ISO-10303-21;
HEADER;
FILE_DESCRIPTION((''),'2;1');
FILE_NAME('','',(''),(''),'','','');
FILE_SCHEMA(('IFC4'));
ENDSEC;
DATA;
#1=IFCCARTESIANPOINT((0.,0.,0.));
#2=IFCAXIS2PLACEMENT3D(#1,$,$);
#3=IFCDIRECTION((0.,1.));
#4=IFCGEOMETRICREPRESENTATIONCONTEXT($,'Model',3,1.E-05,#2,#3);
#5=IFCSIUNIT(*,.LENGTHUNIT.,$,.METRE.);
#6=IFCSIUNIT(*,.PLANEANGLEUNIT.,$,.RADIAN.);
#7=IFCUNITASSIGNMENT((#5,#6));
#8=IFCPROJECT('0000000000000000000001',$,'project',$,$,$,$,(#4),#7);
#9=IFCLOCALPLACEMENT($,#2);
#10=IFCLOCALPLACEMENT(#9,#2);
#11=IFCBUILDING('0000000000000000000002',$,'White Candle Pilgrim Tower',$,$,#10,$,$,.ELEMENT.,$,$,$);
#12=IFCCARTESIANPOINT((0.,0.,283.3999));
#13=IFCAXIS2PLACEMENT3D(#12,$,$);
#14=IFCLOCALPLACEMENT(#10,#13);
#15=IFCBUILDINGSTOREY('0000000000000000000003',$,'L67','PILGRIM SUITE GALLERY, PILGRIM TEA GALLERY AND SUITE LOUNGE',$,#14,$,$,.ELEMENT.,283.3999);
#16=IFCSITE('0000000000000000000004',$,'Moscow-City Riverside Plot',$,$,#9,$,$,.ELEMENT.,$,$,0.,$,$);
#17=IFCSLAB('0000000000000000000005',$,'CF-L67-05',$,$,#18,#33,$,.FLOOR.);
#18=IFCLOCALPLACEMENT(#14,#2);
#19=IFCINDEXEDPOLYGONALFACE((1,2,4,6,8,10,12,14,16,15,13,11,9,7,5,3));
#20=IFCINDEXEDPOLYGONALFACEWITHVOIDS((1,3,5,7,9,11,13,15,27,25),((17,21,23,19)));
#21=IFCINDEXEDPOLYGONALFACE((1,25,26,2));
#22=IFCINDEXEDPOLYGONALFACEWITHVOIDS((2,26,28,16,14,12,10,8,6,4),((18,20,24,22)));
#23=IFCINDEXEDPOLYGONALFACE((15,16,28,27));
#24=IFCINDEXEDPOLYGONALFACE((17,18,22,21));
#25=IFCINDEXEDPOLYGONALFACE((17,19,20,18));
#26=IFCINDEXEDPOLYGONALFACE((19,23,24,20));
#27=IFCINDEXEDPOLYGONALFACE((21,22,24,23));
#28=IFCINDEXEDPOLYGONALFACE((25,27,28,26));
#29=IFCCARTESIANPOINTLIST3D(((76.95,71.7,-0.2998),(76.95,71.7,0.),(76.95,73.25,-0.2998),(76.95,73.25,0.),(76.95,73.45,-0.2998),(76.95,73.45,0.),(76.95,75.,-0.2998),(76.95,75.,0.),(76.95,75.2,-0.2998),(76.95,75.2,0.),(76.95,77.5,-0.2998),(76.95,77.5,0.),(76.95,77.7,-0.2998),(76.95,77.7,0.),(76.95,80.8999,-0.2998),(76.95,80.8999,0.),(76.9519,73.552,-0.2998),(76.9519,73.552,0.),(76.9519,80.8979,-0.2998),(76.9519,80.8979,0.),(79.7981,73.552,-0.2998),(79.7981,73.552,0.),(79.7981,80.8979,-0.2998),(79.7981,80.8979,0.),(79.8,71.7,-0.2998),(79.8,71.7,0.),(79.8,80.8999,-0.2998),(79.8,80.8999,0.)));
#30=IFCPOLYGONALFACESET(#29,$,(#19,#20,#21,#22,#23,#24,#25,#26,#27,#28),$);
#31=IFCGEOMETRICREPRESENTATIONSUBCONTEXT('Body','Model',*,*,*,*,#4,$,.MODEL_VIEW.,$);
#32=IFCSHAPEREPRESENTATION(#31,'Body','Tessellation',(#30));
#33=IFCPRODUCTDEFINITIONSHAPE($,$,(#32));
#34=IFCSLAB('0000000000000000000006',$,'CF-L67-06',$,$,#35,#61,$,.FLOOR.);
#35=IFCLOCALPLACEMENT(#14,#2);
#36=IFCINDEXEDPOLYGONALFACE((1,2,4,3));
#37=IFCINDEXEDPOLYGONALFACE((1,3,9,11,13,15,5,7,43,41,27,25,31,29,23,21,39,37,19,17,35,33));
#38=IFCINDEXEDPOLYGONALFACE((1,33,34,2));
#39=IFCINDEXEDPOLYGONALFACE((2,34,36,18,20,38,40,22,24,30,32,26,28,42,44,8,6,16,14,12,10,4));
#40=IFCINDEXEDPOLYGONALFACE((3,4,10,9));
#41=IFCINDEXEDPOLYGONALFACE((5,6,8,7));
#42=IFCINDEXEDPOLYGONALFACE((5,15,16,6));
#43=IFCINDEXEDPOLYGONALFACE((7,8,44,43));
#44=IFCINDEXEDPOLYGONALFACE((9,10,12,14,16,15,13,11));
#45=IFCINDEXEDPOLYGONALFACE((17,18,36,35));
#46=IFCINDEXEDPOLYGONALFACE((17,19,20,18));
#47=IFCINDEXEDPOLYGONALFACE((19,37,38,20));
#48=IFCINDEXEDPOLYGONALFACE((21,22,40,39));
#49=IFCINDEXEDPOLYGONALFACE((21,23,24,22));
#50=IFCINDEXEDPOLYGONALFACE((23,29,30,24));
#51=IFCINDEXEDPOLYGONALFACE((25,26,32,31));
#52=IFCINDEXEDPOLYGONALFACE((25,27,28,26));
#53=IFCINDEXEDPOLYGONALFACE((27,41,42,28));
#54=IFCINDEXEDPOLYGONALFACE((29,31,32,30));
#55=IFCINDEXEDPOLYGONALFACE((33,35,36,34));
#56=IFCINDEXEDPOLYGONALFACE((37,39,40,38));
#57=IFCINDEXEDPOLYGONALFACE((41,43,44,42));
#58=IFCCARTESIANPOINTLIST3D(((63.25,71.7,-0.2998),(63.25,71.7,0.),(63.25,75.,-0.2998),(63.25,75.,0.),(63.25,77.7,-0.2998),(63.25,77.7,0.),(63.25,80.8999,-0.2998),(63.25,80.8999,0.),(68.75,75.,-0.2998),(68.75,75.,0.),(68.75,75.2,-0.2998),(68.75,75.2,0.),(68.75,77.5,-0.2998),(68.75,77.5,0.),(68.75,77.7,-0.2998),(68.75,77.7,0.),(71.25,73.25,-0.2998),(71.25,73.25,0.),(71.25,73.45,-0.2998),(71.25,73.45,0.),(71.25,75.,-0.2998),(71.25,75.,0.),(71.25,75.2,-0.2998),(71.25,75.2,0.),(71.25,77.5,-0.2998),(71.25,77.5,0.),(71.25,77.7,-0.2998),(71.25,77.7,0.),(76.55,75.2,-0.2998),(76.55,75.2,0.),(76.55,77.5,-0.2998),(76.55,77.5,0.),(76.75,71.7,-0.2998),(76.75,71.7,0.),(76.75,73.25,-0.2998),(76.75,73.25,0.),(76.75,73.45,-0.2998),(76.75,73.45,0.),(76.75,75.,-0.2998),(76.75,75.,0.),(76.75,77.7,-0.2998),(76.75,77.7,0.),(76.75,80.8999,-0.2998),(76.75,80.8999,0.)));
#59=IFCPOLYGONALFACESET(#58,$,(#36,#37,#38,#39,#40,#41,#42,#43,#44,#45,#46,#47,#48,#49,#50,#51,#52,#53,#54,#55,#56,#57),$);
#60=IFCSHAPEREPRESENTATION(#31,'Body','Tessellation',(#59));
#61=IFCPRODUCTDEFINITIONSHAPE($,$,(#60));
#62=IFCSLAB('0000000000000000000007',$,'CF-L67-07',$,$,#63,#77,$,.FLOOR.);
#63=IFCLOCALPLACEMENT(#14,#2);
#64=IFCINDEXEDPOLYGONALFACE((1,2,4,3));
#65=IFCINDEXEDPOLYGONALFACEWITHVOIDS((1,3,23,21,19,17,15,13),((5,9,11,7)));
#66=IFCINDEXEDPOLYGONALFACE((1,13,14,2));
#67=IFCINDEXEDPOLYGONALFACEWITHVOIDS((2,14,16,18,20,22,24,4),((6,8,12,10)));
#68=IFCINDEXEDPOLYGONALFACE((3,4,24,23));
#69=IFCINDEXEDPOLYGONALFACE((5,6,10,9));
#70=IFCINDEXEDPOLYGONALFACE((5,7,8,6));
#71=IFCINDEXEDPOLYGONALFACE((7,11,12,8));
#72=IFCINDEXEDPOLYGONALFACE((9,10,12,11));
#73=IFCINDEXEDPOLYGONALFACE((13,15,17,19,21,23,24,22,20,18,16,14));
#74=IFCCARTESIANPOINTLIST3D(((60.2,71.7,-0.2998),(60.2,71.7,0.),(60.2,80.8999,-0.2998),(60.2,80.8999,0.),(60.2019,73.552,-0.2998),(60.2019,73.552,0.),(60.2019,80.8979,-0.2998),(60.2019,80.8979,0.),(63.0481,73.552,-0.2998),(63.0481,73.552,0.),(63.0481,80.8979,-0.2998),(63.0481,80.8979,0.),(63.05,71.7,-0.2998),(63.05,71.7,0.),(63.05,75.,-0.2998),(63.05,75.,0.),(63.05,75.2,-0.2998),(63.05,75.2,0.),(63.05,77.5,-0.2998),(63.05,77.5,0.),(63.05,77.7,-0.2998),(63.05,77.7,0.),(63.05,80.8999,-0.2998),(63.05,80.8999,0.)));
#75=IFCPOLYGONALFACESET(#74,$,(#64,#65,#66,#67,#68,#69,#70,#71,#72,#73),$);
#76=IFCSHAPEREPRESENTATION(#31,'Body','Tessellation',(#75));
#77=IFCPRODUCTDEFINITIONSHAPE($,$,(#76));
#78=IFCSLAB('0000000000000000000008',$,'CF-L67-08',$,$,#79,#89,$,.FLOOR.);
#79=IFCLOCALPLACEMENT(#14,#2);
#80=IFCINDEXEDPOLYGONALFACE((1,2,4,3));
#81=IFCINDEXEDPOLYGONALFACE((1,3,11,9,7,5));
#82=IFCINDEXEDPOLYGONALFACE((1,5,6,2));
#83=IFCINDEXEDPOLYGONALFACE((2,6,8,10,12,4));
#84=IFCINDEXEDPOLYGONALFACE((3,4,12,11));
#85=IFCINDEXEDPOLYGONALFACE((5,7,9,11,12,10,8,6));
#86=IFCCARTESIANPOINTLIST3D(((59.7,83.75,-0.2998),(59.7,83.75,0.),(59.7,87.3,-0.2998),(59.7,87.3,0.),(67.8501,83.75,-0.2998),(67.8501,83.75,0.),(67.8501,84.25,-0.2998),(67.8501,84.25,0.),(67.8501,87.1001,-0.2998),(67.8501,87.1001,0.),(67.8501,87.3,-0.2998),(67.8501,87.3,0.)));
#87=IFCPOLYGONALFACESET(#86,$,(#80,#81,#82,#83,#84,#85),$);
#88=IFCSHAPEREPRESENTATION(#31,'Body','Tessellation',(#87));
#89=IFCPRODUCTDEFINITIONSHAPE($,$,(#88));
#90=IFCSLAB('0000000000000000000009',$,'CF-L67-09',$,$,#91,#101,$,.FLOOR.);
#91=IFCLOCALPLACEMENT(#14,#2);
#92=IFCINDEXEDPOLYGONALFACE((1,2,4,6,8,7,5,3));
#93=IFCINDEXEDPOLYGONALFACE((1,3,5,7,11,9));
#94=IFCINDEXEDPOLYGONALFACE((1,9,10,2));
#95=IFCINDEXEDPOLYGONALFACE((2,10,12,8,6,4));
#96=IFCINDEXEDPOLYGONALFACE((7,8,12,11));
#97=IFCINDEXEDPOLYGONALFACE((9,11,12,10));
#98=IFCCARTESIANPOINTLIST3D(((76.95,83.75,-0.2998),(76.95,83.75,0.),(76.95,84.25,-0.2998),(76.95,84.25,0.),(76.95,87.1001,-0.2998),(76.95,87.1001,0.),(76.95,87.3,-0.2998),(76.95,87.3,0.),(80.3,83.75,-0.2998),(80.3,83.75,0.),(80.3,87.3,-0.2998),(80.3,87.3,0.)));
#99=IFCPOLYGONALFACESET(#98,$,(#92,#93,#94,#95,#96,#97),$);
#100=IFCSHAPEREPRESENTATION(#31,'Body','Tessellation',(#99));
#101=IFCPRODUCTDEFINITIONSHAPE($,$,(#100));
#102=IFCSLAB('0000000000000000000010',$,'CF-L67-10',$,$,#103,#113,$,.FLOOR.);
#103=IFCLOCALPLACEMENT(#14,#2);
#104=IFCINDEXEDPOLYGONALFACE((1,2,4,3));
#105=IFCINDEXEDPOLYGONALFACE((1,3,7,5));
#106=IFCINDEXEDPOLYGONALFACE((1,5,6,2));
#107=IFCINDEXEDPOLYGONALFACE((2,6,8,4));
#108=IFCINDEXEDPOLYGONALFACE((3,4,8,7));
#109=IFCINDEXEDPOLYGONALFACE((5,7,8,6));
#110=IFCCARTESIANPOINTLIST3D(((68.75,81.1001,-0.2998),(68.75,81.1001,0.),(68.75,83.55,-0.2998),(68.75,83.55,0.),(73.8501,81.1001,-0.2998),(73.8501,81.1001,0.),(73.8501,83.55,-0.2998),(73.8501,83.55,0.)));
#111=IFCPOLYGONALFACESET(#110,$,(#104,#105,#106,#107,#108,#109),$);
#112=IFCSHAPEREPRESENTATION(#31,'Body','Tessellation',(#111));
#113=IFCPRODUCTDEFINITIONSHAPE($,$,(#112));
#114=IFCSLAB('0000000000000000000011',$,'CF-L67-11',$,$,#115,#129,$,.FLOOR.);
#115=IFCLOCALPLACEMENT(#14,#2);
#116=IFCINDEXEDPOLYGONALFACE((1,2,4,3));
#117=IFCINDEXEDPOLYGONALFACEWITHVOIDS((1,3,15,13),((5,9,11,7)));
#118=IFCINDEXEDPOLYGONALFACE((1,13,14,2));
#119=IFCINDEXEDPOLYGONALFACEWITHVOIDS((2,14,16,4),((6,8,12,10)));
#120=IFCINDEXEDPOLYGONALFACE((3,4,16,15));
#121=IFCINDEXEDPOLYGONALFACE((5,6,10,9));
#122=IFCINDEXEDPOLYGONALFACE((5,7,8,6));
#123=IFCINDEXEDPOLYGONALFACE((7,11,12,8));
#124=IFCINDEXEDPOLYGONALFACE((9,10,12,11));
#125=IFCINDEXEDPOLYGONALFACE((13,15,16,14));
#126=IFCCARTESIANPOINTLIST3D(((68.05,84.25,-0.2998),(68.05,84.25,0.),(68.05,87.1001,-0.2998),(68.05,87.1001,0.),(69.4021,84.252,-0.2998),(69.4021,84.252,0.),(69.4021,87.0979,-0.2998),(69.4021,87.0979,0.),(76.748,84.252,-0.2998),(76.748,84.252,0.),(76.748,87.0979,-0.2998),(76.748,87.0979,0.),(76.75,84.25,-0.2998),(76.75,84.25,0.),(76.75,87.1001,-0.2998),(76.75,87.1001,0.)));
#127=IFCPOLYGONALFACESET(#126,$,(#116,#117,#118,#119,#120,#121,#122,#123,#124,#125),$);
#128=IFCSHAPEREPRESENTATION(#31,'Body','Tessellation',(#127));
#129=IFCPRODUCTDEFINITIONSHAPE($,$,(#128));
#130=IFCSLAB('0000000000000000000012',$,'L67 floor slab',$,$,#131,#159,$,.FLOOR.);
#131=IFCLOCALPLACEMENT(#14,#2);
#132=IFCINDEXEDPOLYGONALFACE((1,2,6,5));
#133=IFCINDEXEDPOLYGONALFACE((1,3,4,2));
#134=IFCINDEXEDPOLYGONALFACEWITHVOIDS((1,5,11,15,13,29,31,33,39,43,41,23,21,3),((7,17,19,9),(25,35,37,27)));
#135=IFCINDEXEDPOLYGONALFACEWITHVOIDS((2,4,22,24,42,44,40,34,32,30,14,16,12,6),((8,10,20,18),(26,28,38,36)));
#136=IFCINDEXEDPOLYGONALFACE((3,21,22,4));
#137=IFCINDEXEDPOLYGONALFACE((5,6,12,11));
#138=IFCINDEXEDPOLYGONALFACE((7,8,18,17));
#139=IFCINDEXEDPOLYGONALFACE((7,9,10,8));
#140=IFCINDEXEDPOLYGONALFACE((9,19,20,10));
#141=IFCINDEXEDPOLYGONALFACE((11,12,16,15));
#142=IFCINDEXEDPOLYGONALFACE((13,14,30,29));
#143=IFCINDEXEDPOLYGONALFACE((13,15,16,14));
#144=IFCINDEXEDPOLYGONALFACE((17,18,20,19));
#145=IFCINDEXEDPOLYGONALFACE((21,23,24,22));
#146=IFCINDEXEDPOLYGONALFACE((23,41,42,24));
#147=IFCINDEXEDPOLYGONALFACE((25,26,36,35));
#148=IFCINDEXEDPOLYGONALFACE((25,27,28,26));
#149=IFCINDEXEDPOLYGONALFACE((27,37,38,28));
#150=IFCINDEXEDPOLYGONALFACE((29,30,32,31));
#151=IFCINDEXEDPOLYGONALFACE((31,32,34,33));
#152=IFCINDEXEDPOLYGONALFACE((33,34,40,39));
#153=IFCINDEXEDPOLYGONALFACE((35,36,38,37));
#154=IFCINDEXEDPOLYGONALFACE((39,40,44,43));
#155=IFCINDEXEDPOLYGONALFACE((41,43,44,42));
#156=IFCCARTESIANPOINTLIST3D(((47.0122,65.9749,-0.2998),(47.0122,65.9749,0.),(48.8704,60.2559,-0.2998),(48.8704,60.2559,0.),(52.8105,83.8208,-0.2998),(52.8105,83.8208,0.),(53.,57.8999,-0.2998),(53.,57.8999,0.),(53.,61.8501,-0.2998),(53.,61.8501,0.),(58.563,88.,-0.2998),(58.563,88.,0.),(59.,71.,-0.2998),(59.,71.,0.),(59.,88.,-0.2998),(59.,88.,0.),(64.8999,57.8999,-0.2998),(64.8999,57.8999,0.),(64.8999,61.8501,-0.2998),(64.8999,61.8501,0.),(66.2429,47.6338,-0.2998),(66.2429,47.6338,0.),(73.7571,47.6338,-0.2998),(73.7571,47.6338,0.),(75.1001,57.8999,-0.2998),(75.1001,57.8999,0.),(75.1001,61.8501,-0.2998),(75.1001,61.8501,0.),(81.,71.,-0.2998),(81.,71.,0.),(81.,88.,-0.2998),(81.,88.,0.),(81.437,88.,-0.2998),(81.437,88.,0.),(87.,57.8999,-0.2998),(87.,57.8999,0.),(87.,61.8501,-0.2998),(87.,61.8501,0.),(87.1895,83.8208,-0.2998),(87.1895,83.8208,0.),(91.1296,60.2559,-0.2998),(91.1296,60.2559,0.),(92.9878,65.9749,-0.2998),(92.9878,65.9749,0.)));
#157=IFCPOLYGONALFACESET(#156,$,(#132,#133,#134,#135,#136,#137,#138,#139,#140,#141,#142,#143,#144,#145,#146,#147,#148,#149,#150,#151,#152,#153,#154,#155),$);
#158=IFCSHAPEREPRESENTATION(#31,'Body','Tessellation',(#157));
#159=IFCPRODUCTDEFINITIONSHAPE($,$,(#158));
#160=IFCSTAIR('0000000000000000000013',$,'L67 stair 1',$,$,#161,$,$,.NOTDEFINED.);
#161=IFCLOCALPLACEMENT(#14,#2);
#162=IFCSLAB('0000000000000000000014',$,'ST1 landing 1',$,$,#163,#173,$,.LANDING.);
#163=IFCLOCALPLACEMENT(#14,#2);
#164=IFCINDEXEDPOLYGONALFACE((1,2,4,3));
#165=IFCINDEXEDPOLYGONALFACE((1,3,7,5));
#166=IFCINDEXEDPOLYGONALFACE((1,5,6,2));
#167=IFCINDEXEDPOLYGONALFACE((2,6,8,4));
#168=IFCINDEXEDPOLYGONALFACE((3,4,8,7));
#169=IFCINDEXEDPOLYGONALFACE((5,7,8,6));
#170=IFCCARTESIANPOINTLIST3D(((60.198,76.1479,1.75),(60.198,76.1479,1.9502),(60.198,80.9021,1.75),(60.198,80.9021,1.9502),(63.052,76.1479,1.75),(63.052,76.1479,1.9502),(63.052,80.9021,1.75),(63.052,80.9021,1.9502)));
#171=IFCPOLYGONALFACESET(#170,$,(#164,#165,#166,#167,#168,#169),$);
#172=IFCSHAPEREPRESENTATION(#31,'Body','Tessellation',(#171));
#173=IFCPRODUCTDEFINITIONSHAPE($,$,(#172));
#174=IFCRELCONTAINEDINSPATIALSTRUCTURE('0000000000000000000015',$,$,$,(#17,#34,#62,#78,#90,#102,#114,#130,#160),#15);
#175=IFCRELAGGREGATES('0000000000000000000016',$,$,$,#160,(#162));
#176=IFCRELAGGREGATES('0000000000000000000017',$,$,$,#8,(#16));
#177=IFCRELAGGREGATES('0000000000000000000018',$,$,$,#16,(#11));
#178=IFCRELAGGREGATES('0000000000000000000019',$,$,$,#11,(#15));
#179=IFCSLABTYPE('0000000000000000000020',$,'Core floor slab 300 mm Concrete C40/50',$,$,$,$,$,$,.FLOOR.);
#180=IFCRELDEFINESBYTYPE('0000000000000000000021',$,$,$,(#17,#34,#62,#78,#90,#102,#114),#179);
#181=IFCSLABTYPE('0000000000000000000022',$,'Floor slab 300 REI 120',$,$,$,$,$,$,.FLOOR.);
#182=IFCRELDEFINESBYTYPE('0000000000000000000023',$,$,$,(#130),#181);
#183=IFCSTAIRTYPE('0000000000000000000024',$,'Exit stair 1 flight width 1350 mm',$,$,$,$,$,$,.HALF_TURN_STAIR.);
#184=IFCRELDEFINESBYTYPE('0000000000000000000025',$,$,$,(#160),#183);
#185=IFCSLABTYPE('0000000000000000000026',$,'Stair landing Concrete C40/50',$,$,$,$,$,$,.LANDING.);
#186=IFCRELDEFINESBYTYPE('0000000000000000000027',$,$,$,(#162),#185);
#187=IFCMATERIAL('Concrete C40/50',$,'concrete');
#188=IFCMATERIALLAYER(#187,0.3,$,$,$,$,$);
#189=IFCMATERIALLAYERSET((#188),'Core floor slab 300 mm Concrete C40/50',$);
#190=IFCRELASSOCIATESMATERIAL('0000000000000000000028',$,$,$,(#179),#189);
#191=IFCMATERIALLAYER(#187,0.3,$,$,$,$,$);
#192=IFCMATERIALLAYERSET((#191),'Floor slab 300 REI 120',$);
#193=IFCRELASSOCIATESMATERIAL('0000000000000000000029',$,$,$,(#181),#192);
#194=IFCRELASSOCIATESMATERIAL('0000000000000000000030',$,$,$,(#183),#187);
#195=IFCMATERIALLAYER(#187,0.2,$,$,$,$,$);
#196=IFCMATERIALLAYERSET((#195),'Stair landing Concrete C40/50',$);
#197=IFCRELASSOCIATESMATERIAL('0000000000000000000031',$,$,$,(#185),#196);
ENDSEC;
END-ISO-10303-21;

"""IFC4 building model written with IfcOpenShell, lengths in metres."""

from ifc_helpers import new_model, si_unit, direction, frame, origin, place, context, subcontext, project, spatial, polyline, outline, extrude, material, layer, layer_set, type_object, element, aggregate, save


model = new_model("IFC4")

# Units and contexts
model_context = context("Model", 3, precision=1e-05, world=origin(), true_north=direction((0.0, 1.0)))
body_context = subcontext(model_context, "Body", "Model", "MODEL_VIEW")
ifc_project = project(units=[si_unit("LENGTHUNIT", "METRE"), si_unit("PLANEANGLEUNIT", "RADIAN")], contexts=[model_context])

# Site, building, storey
site_placement = place(None, origin())
site = spatial("IfcSite", under=ifc_project, at=site_placement, Name="Moscow-City Riverside Plot", CompositionType="ELEMENT", RefElevation=0.0)
building_placement = place(site_placement, origin())
building = spatial("IfcBuilding", under=site, at=building_placement, Name="White Candle Pilgrim Tower", CompositionType="ELEMENT")
storey_placement = place(building_placement, frame((0.0, 0.0, 283.3999)))
storey = spatial("IfcBuildingStorey", under=building, at=storey_placement, Name="L67", Description="PILGRIM SUITE GALLERY, PILGRIM TEA GALLERY AND SUITE LOUNGE", CompositionType="ELEMENT", Elevation=283.3999)

# Slabs
ifc_material_1 = material(Name="Concrete C40/50", Category="concrete")
ifc_layer_1 = layer(ifc_material_1, 0.3)
ifc_layer_set_1 = layer_set([ifc_layer_1], Name="Core floor slab 300 mm Concrete C40/50")
slab_type_1 = type_object("IfcSlabType", Name="Core floor slab 300 mm Concrete C40/50", PredefinedType="FLOOR", material=ifc_layer_set_1)
slab_1_placement = place(storey_placement, frame((0.0, 0.0, -0.2998)))
element("IfcSlab", 1, at=slab_1_placement, inside=storey, type_object=slab_type_1, Name="CF-L67-05", PredefinedType="FLOOR", context=body_context, shape_type="SweptSolid", body=[
    extrude(outline(polyline([(76.95, 71.7), (76.95, 73.25), (76.95, 73.45), (76.95, 75.0), (76.95, 75.2), (76.95, 77.5), (76.95, 77.7), (76.95, 80.8999), (79.8, 80.8999), (79.8, 71.7), (76.95, 71.7)]), holes=[polyline([(76.9519, 73.552), (79.7981, 73.552), (79.7981, 80.8979), (76.9519, 80.8979), (76.9519, 73.552)])]), origin(), (0.0, 0.0, 1.0), 0.2998),
])
slab_2_placement = place(storey_placement, frame((0.0, 0.0, -0.2998)))
element("IfcSlab", 2, at=slab_2_placement, inside=storey, type_object=slab_type_1, Name="CF-L67-06", PredefinedType="FLOOR", context=body_context, shape_type="SweptSolid", body=[
    extrude(outline(polyline([(63.25, 71.7), (63.25, 75.0), (68.75, 75.0), (68.75, 75.2), (68.75, 77.5), (68.75, 77.7), (63.25, 77.7), (63.25, 80.8999), (76.75, 80.8999), (76.75, 77.7), (71.25, 77.7), (71.25, 77.5), (76.55, 77.5), (76.55, 75.2), (71.25, 75.2), (71.25, 75.0), (76.75, 75.0), (76.75, 73.45), (71.25, 73.45), (71.25, 73.25), (76.75, 73.25), (76.75, 71.7), (63.25, 71.7)])), origin(), (0.0, 0.0, 1.0), 0.2998),
])
slab_3_placement = place(storey_placement, frame((0.0, 0.0, -0.2998)))
element("IfcSlab", 3, at=slab_3_placement, inside=storey, type_object=slab_type_1, Name="CF-L67-07", PredefinedType="FLOOR", context=body_context, shape_type="SweptSolid", body=[
    extrude(outline(polyline([(60.2, 71.7), (60.2, 80.8999), (63.05, 80.8999), (63.05, 77.7), (63.05, 77.5), (63.05, 75.2), (63.05, 75.0), (63.05, 71.7), (60.2, 71.7)]), holes=[polyline([(60.2019, 73.552), (63.0481, 73.552), (63.0481, 80.8979), (60.2019, 80.8979), (60.2019, 73.552)])]), origin(), (0.0, 0.0, 1.0), 0.2998),
])
slab_4_placement = place(storey_placement, frame((0.0, 0.0, -0.2998)))
element("IfcSlab", 4, at=slab_4_placement, inside=storey, type_object=slab_type_1, Name="CF-L67-08", PredefinedType="FLOOR", context=body_context, shape_type="SweptSolid", body=[
    extrude(outline(polyline([(59.7, 87.3), (67.8501, 87.3), (67.8501, 87.1001), (67.8501, 84.25), (67.8501, 83.75), (59.7, 83.75), (59.7, 87.3)])), origin(), (0.0, 0.0, 1.0), 0.2998),
])
slab_5_placement = place(storey_placement, frame((0.0, 0.0, -0.2998)))
element("IfcSlab", 5, at=slab_5_placement, inside=storey, type_object=slab_type_1, Name="CF-L67-09", PredefinedType="FLOOR", context=body_context, shape_type="SweptSolid", body=[
    extrude(outline(polyline([(80.3, 87.3), (80.3, 83.75), (76.95, 83.75), (76.95, 84.25), (76.95, 87.1001), (76.95, 87.3), (80.3, 87.3)])), origin(), (0.0, 0.0, 1.0), 0.2998),
])
slab_6_placement = place(storey_placement, frame((0.0, 0.0, -0.2998)))
element("IfcSlab", 6, at=slab_6_placement, inside=storey, type_object=slab_type_1, Name="CF-L67-10", PredefinedType="FLOOR", context=body_context, shape_type="SweptSolid", body=[
    extrude(outline(polyline([(68.75, 81.1001), (68.75, 83.55), (73.8501, 83.55), (73.8501, 81.1001), (68.75, 81.1001)])), origin(), (0.0, 0.0, 1.0), 0.2998),
])
slab_7_placement = place(storey_placement, frame((0.0, 0.0, -0.2998)))
element("IfcSlab", 7, at=slab_7_placement, inside=storey, type_object=slab_type_1, Name="CF-L67-11", PredefinedType="FLOOR", context=body_context, shape_type="SweptSolid", body=[
    extrude(outline(polyline([(68.05, 87.1001), (76.75, 87.1001), (76.75, 84.25), (68.05, 84.25), (68.05, 87.1001)]), holes=[polyline([(69.4021, 84.252), (76.748, 84.252), (76.748, 87.0979), (69.4021, 87.0979), (69.4021, 84.252)])]), origin(), (0.0, 0.0, 1.0), 0.2998),
])
ifc_layer_2 = layer(ifc_material_1, 0.3)
ifc_layer_set_2 = layer_set([ifc_layer_2], Name="Floor slab 300 REI 120")
slab_type_2 = type_object("IfcSlabType", Name="Floor slab 300 REI 120", PredefinedType="FLOOR", material=ifc_layer_set_2)
slab_8_placement = place(storey_placement, frame((0.0, 0.0, -0.2998)))
element("IfcSlab", 8, at=slab_8_placement, inside=storey, type_object=slab_type_2, Name="L67 floor slab", PredefinedType="FLOOR", context=body_context, shape_type="SweptSolid", body=[
    extrude(outline(polyline([(66.2429, 47.6338), (73.7571, 47.6338), (91.1296, 60.2559), (92.9878, 65.9749), (87.1895, 83.8208), (81.437, 88.0), (81.0, 88.0), (81.0, 71.0), (59.0, 71.0), (59.0, 88.0), (58.563, 88.0), (52.8105, 83.8208), (47.0122, 65.9749), (48.8704, 60.2559), (66.2429, 47.6338)]), holes=[polyline([(53.0, 57.8999), (53.0, 61.8501), (64.8999, 61.8501), (64.8999, 57.8999), (53.0, 57.8999)]), polyline([(75.1001, 57.8999), (75.1001, 61.8501), (87.0, 61.8501), (87.0, 57.8999), (75.1001, 57.8999)])]), origin(), (0.0, 0.0, 1.0), 0.2998),
])

# Stair, slab
stair_type_1 = type_object("IfcStairType", Name="Exit stair 1 flight width 1350 mm", PredefinedType="HALF_TURN_STAIR", material=ifc_material_1)
stair_1_placement = place(storey_placement, origin())
stair_1 = element("IfcStair", 9, at=stair_1_placement, inside=storey, type_object=stair_type_1, Name="L67 stair 1", PredefinedType="NOTDEFINED")
ifc_layer_3 = layer(ifc_material_1, 0.2)
ifc_layer_set_3 = layer_set([ifc_layer_3], Name="Stair landing Concrete C40/50")
slab_type_3 = type_object("IfcSlabType", Name="Stair landing Concrete C40/50", PredefinedType="LANDING", material=ifc_layer_set_3)
slab_9_placement = place(storey_placement, frame((0.0, 0.0, 1.75)))
slab_9 = element("IfcSlab", 10, at=slab_9_placement, type_object=slab_type_3, Name="ST1 landing 1", PredefinedType="LANDING", context=body_context, shape_type="SweptSolid", body=[
    extrude(outline(polyline([(63.052, 76.1479), (60.198, 76.1479), (60.198, 80.9021), (63.052, 80.9021), (63.052, 76.1479)])), origin(), (0.0, 0.0, 1.0), 0.2002),
])
aggregate(stair_1, [slab_9])

save(model, "model.ifc")
